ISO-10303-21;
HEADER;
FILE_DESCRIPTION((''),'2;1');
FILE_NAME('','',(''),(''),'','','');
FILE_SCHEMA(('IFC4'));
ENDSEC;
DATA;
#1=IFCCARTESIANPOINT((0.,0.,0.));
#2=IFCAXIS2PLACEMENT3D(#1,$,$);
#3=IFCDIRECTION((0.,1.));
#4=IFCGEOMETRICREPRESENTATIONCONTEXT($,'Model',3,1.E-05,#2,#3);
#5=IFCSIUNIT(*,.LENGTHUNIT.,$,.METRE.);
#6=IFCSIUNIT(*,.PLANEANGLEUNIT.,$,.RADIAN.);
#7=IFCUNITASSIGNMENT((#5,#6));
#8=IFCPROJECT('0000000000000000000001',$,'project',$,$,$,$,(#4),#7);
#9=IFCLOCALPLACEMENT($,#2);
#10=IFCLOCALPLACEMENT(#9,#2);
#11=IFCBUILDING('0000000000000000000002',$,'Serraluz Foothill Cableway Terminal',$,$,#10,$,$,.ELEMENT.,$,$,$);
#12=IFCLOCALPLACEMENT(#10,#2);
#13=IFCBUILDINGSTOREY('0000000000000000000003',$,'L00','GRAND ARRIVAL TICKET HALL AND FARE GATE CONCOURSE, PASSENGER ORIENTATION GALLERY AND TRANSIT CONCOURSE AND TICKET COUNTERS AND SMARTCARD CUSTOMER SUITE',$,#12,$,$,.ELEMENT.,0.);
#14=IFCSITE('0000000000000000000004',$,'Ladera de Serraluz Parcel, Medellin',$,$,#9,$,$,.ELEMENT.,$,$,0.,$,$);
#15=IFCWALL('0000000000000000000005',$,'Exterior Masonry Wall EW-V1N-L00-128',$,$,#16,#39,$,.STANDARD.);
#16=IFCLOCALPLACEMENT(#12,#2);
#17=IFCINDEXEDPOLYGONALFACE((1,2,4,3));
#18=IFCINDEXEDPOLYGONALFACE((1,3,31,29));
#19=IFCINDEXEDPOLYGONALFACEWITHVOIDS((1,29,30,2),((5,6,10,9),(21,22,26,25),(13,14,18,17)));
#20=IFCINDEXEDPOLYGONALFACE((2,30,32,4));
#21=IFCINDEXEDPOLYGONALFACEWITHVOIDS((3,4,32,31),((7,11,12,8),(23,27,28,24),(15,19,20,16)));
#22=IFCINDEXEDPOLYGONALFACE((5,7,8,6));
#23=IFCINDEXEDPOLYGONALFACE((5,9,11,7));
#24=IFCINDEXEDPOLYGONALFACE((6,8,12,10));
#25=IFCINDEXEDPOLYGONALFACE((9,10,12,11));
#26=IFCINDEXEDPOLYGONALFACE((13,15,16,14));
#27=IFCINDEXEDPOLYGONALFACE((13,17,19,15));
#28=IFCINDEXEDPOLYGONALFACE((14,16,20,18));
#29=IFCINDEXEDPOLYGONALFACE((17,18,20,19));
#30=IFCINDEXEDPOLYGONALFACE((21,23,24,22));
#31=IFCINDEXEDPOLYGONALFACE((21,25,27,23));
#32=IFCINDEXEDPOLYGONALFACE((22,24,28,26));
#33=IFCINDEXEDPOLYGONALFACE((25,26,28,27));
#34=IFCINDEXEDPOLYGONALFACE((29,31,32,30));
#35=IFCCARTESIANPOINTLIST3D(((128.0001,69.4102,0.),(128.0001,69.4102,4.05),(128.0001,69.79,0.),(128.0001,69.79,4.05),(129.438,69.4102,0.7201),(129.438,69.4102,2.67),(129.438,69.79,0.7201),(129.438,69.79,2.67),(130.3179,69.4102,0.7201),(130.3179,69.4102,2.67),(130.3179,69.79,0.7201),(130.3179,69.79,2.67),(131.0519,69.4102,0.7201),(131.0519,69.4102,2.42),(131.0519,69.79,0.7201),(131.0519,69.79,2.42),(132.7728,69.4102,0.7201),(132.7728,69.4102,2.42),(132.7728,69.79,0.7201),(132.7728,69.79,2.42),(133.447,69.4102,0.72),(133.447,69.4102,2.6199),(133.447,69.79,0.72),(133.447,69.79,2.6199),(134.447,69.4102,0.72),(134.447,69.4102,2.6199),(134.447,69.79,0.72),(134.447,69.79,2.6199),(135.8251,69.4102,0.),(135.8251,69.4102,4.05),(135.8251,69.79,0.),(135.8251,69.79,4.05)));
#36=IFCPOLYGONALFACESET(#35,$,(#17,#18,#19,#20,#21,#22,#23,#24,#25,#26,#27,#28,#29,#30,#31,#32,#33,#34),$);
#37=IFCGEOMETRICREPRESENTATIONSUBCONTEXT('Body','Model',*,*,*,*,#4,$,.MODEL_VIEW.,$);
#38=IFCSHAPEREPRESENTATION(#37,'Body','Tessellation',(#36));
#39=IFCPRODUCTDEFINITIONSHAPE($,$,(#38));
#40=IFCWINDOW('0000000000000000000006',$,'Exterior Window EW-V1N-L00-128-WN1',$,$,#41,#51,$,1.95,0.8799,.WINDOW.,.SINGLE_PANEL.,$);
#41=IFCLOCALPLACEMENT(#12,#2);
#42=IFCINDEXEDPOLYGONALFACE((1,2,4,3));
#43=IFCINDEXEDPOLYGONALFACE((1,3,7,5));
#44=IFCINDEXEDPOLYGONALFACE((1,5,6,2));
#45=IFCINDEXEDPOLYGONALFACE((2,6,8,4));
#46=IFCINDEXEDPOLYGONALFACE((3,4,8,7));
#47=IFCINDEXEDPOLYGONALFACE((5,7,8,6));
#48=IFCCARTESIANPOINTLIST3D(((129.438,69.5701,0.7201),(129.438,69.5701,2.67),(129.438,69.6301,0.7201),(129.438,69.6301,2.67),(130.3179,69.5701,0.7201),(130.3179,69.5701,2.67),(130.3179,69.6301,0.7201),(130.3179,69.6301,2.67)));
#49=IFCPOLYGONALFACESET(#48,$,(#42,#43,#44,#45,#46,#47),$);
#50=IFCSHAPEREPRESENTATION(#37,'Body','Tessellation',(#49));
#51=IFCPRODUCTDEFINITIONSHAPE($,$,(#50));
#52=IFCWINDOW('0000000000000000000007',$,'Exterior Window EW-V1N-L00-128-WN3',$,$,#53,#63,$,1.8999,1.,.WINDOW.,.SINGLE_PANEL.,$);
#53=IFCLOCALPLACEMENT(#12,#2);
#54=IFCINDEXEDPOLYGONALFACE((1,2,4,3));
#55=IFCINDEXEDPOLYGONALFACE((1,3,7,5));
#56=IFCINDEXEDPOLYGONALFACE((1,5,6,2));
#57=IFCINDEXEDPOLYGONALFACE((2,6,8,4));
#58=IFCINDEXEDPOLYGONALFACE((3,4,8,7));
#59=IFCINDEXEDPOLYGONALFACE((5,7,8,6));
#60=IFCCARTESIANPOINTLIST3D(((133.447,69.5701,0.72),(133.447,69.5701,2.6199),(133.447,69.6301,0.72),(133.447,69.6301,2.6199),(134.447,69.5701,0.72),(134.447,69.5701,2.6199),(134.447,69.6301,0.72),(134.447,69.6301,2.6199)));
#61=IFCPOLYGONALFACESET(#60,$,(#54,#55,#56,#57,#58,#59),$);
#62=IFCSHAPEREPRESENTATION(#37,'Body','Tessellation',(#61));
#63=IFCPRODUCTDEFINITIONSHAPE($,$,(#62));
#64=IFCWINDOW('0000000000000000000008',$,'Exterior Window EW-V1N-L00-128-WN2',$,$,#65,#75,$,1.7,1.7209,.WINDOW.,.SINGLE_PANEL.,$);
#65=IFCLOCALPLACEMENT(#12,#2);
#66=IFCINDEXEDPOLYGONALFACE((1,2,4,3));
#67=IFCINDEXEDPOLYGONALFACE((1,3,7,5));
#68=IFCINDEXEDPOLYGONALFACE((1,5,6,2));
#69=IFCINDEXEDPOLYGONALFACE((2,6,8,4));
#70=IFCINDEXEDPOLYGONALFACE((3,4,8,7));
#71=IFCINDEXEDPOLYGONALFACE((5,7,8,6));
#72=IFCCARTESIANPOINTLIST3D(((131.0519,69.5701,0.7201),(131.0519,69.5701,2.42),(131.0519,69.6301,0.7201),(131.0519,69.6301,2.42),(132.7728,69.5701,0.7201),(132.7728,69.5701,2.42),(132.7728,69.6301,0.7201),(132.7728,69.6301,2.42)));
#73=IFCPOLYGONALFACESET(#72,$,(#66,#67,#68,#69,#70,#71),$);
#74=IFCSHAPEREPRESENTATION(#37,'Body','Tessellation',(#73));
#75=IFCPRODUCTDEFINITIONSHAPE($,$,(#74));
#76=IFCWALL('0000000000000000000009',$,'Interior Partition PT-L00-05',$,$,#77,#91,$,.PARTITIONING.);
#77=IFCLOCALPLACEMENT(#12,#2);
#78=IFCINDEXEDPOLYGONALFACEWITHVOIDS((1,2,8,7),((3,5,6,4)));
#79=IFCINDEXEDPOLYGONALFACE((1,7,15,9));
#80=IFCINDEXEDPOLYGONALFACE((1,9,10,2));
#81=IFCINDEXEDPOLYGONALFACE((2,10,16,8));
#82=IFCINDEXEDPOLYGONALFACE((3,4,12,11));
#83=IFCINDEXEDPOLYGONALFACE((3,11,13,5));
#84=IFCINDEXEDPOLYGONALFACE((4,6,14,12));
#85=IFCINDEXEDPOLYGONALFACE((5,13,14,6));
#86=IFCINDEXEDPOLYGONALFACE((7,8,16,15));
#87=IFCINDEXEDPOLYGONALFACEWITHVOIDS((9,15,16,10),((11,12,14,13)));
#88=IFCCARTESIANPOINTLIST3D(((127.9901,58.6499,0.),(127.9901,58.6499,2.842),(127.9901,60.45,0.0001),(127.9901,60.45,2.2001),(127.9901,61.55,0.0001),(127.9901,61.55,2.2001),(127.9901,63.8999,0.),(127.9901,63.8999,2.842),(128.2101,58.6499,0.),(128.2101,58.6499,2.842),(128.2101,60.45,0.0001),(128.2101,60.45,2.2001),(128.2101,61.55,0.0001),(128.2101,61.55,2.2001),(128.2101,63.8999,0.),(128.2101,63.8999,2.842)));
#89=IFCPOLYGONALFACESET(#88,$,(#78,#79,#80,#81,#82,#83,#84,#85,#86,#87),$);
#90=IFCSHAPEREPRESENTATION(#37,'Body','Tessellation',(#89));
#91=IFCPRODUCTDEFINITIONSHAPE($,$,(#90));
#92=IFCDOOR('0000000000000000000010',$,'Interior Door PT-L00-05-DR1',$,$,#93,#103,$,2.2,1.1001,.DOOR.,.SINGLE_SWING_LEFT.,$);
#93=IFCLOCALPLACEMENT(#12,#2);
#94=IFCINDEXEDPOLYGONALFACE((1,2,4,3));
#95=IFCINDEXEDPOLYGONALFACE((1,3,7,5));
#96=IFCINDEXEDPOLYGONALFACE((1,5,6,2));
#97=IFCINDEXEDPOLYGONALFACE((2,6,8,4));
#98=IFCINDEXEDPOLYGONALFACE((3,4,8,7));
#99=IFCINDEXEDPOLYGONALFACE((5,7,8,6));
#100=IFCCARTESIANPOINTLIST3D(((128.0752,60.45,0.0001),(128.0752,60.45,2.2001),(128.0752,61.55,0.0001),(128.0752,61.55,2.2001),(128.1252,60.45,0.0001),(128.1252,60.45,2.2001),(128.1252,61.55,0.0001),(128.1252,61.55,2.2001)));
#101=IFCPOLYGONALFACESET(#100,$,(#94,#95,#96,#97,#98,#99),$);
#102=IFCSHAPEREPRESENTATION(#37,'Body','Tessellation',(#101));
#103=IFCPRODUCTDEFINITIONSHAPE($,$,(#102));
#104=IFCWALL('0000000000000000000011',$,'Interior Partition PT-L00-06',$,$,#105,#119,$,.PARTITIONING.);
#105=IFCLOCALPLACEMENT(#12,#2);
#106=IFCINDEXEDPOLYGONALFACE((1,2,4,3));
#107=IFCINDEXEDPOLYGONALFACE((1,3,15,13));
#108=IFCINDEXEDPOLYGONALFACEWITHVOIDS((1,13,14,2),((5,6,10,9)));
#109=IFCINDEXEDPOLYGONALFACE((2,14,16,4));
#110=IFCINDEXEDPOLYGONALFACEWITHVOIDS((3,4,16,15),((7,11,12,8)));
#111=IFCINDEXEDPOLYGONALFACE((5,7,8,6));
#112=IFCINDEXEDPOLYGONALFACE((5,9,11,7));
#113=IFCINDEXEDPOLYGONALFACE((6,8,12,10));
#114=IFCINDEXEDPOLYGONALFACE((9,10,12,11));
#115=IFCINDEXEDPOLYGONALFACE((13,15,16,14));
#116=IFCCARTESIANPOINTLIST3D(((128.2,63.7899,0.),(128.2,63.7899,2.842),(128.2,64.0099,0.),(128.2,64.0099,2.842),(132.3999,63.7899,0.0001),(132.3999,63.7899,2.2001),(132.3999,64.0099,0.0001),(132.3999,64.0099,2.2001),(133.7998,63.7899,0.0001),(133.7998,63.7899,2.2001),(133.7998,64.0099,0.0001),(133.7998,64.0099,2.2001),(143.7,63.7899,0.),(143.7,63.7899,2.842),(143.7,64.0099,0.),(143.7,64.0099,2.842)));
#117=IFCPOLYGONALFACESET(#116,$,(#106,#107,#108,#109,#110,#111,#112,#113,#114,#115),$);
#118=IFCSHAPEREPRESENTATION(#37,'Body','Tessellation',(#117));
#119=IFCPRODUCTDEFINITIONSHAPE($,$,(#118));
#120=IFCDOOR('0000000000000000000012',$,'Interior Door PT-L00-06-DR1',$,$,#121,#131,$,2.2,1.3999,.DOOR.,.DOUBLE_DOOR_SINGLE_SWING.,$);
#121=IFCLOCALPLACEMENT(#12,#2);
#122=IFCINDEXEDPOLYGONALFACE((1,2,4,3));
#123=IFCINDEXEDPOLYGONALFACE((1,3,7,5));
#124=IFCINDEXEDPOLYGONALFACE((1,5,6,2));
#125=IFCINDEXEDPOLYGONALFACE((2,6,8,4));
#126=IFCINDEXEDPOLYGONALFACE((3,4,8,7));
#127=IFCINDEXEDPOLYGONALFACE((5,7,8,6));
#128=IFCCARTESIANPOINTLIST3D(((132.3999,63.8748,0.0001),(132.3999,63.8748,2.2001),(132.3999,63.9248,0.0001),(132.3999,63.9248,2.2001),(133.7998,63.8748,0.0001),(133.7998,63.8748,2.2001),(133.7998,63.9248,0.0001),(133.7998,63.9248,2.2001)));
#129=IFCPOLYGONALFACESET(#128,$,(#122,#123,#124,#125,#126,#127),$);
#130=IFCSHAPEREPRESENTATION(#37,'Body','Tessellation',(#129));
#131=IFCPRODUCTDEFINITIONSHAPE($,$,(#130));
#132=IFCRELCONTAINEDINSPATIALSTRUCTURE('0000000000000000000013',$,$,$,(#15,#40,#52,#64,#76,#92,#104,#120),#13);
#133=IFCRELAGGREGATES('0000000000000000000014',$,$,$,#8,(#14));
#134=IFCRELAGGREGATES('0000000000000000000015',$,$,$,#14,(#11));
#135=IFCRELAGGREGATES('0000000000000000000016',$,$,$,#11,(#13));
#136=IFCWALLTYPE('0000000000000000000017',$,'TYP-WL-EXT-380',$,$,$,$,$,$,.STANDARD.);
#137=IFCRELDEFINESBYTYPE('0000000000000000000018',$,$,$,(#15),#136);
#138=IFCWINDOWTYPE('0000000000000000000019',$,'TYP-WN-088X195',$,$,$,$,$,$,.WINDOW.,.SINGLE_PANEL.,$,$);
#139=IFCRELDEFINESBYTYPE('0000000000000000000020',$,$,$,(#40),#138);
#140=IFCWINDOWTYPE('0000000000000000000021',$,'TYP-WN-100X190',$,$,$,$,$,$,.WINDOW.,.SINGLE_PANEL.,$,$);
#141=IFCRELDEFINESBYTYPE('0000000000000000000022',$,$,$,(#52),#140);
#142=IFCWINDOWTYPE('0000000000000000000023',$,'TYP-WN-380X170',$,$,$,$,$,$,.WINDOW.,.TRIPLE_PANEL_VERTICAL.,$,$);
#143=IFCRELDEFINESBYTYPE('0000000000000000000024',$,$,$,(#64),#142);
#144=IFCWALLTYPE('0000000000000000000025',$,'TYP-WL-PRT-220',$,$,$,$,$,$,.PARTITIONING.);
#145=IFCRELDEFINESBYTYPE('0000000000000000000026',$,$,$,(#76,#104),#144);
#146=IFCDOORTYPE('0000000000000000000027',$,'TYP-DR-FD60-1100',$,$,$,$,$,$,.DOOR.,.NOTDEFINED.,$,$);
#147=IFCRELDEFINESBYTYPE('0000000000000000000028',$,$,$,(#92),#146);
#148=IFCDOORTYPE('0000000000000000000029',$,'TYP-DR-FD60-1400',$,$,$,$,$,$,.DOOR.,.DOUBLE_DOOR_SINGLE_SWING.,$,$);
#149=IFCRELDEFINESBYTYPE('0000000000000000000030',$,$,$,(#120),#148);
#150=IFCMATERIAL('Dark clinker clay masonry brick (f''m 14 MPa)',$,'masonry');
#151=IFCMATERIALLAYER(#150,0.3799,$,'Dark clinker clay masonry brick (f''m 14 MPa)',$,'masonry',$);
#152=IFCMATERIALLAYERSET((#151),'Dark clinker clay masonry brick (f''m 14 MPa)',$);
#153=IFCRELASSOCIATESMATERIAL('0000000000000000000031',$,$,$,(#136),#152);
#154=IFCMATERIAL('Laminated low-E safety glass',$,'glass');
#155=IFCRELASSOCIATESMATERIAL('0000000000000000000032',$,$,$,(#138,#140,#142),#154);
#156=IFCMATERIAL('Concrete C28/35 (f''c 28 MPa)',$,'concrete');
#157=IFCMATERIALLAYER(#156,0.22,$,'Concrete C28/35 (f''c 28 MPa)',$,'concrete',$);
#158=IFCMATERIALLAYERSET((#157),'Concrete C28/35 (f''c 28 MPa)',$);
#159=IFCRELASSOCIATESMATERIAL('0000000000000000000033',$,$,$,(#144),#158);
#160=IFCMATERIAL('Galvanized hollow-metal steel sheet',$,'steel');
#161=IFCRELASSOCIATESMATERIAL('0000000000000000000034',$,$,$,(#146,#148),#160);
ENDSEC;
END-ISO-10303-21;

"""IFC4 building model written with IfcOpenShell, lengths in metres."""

from ifc_helpers import new_model, si_unit, direction, frame, frame_2d, origin, place, context, subcontext, project, spatial, rectangle, extrude, material, layer, layer_set, type_object, element, fill, save


model = new_model("IFC4")

# Units and contexts
model_context = context("Model", 3, precision=1e-05, world=origin(), true_north=direction((0.0, 1.0)))
body_context = subcontext(model_context, "Body", "Model", "MODEL_VIEW")
ifc_project = project(units=[si_unit("LENGTHUNIT", "METRE"), si_unit("PLANEANGLEUNIT", "RADIAN")], contexts=[model_context])

# Site, building, storey
site_placement = place(None, origin())
site = spatial("IfcSite", under=ifc_project, at=site_placement, Name="Ladera de Serraluz Parcel, Medellin", CompositionType="ELEMENT", RefElevation=0.0)
building_placement = place(site_placement, origin())
building = spatial("IfcBuilding", under=site, at=building_placement, Name="Serraluz Foothill Cableway Terminal", CompositionType="ELEMENT")
storey_placement = place(building_placement, origin())
storey = spatial("IfcBuildingStorey", under=building, at=storey_placement, Name="L00", Description="GRAND ARRIVAL TICKET HALL AND FARE GATE CONCOURSE, PASSENGER ORIENTATION GALLERY AND TRANSIT CONCOURSE AND TICKET COUNTERS AND SMARTCARD CUSTOMER SUITE", CompositionType="ELEMENT", Elevation=0.0)

# Shared definitions
ifc_material_1 = material(Name="Concrete C28/35 (f'c 28 MPa)", Category="concrete")

# Shared definitions
ifc_material_2 = material(Name="Dark clinker clay masonry brick (f'm 14 MPa)", Category="masonry")
ifc_layer_1 = layer(ifc_material_2, 0.3799, Name="Dark clinker clay masonry brick (f'm 14 MPa)", Category="masonry")
ifc_layer_set_1 = layer_set([ifc_layer_1], Name="Dark clinker clay masonry brick (f'm 14 MPa)")
wall_type_1 = type_object("IfcWallType", Name="TYP-WL-EXT-380", PredefinedType="STANDARD", material=ifc_layer_set_1)

# Wall, openings, windows
wall_1_placement = place(storey_placement, frame((128.0, 69.6001, 0.0), z_axis=(0.0, 0.0, 1.0), x_axis=(1.0, 0.0, 0.0)))
wall_1 = element("IfcWall", 1, at=wall_1_placement, inside=storey, type_object=wall_type_1, Name="Exterior Masonry Wall EW-V1N-L00-128", PredefinedType="STANDARD", context=body_context, shape_type="SweptSolid", body=[
    extrude(rectangle(XDim=7.825, YDim=0.3799, at=frame_2d((3.9126, 0.0))), origin(), (0.0, 0.0, 1.0), 4.05),
])
opening_1_placement = place(wall_1_placement, frame((1.438, 0.0, 0.72)))
opening_1 = element("IfcOpeningElement", 2, at=opening_1_placement, cuts=wall_1, PredefinedType="OPENING", context=body_context, shape_type="SweptSolid", body=[
    extrude(rectangle(XDim=0.8799, YDim=1.95, at=frame_2d((0.4399, 0.9751))), frame((0.0, 0.2, 0.0), z_axis=(0.0, -1.0, 0.0), x_axis=(1.0, 0.0, 0.0)), (0.0, 0.0, 1.0), 0.3999),
])
opening_2_placement = place(wall_1_placement, frame((3.052, 0.0, 0.72)))
opening_2 = element("IfcOpeningElement", 3, at=opening_2_placement, cuts=wall_1, PredefinedType="OPENING", context=body_context, shape_type="SweptSolid", body=[
    extrude(rectangle(XDim=1.7209, YDim=1.7, at=frame_2d((0.8604, 0.8501))), frame((0.0, 0.2, 0.0), z_axis=(0.0, -1.0, 0.0), x_axis=(1.0, 0.0, 0.0)), (0.0, 0.0, 1.0), 0.3999),
])
opening_3_placement = place(wall_1_placement, frame((5.447, 0.0, 0.72)))
opening_3 = element("IfcOpeningElement", 4, at=opening_3_placement, cuts=wall_1, PredefinedType="OPENING", context=body_context, shape_type="SweptSolid", body=[
    extrude(rectangle(XDim=1.0, YDim=1.8999, at=frame_2d((0.5, 0.95))), frame((0.0, 0.2, 0.0), z_axis=(0.0, -1.0, 0.0), x_axis=(1.0, 0.0, 0.0)), (0.0, 0.0, 1.0), 0.3999),
])
ifc_material_3 = material(Name="Laminated low-E safety glass", Category="glass")
window_type_1 = type_object("IfcWindowType", Name="TYP-WN-088X195", PartitioningType="SINGLE_PANEL", PredefinedType="WINDOW", material=ifc_material_3)
window_1_placement = place(opening_1_placement, origin())
window_1 = element("IfcWindow", 5, at=window_1_placement, inside=storey, type_object=window_type_1, Name="Exterior Window EW-V1N-L00-128-WN1", OverallHeight=1.95, OverallWidth=0.8799, PartitioningType="SINGLE_PANEL", PredefinedType="WINDOW", context=body_context, shape_type="SweptSolid", body=[
    extrude(rectangle(XDim=0.8799, YDim=1.95, at=frame_2d((0.4399, 0.9751))), frame((0.0, 0.03, 0.0), z_axis=(0.0, -1.0, 0.0), x_axis=(1.0, 0.0, 0.0)), (0.0, 0.0, 1.0), 0.0601),
])
fill(opening_1, window_1)
window_type_2 = type_object("IfcWindowType", Name="TYP-WN-100X190", PartitioningType="SINGLE_PANEL", PredefinedType="WINDOW", material=ifc_material_3)
window_2_placement = place(opening_3_placement, origin())
window_2 = element("IfcWindow", 6, at=window_2_placement, inside=storey, type_object=window_type_2, Name="Exterior Window EW-V1N-L00-128-WN3", OverallHeight=1.8999, OverallWidth=1.0, PartitioningType="SINGLE_PANEL", PredefinedType="WINDOW", context=body_context, shape_type="SweptSolid", body=[
    extrude(rectangle(XDim=1.0, YDim=1.8999, at=frame_2d((0.5, 0.95))), frame((0.0, 0.03, 0.0), z_axis=(0.0, -1.0, 0.0), x_axis=(1.0, 0.0, 0.0)), (0.0, 0.0, 1.0), 0.0601),
])
fill(opening_3, window_2)
window_type_3 = type_object("IfcWindowType", Name="TYP-WN-380X170", PartitioningType="TRIPLE_PANEL_VERTICAL", PredefinedType="WINDOW", material=ifc_material_3)
window_3_placement = place(opening_2_placement, origin())
window_3 = element("IfcWindow", 7, at=window_3_placement, inside=storey, type_object=window_type_3, Name="Exterior Window EW-V1N-L00-128-WN2", OverallHeight=1.7, OverallWidth=1.7209, PartitioningType="SINGLE_PANEL", PredefinedType="WINDOW", context=body_context, shape_type="SweptSolid", body=[
    extrude(rectangle(XDim=1.7209, YDim=1.7, at=frame_2d((0.8604, 0.8501))), frame((0.0, 0.03, 0.0), z_axis=(0.0, -1.0, 0.0), x_axis=(1.0, 0.0, 0.0)), (0.0, 0.0, 1.0), 0.0601),
])
fill(opening_2, window_3)

# Walls, openings, doors
ifc_layer_2 = layer(ifc_material_1, 0.22, Name="Concrete C28/35 (f'c 28 MPa)", Category="concrete")
ifc_layer_set_2 = layer_set([ifc_layer_2], Name="Concrete C28/35 (f'c 28 MPa)")
wall_type_2 = type_object("IfcWallType", Name="TYP-WL-PRT-220", PredefinedType="PARTITIONING", material=ifc_layer_set_2)
wall_2_placement = place(storey_placement, frame((128.1001, 58.6499, 0.0), z_axis=(0.0, 0.0, 1.0), x_axis=(0.0, 1.0, 0.0)))
wall_2 = element("IfcWall", 8, at=wall_2_placement, inside=storey, type_object=wall_type_2, Name="Interior Partition PT-L00-05", PredefinedType="PARTITIONING", context=body_context, shape_type="SweptSolid", body=[
    extrude(rectangle(XDim=5.25, YDim=0.22, at=frame_2d((2.625, 0.0))), origin(), (0.0, 0.0, 1.0), 2.842),
])
opening_4_placement = place(wall_2_placement, frame((1.8, 0.0, 0.0)))
opening_4 = element("IfcOpeningElement", 9, at=opening_4_placement, cuts=wall_2, PredefinedType="OPENING", context=body_context, shape_type="SweptSolid", body=[
    extrude(rectangle(XDim=1.1001, YDim=2.2, at=frame_2d((0.55, 1.1001))), frame((0.0, 0.1201, 0.0), z_axis=(0.0, -1.0, 0.0), x_axis=(1.0, 0.0, 0.0)), (0.0, 0.0, 1.0), 0.24),
])
ifc_material_4 = material(Name="Galvanized hollow-metal steel sheet", Category="steel")
door_type_1 = type_object("IfcDoorType", Name="TYP-DR-FD60-1100", OperationType="NOTDEFINED", PredefinedType="DOOR", material=ifc_material_4)
door_1_placement = place(opening_4_placement, origin())
door_1 = element("IfcDoor", 10, at=door_1_placement, inside=storey, type_object=door_type_1, Name="Interior Door PT-L00-05-DR1", OperationType="SINGLE_SWING_LEFT", OverallHeight=2.2, OverallWidth=1.1001, PredefinedType="DOOR", context=body_context, shape_type="SweptSolid", body=[
    extrude(rectangle(XDim=1.1001, YDim=2.2, at=frame_2d((0.55, 1.1001))), frame((0.0, 0.0249, 0.0), z_axis=(0.0, -1.0, 0.0), x_axis=(1.0, 0.0, 0.0)), (0.0, 0.0, 1.0), 0.05),
])
fill(opening_4, door_1)
wall_3_placement = place(storey_placement, frame((128.2, 63.8999, 0.0), z_axis=(0.0, 0.0, 1.0), x_axis=(1.0, 0.0, 0.0)))
wall_3 = element("IfcWall", 11, at=wall_3_placement, inside=storey, type_object=wall_type_2, Name="Interior Partition PT-L00-06", PredefinedType="PARTITIONING", context=body_context, shape_type="SweptSolid", body=[
    extrude(rectangle(XDim=15.5, YDim=0.22, at=frame_2d((7.75, 0.0))), origin(), (0.0, 0.0, 1.0), 2.842),
])
opening_5_placement = place(wall_3_placement, frame((4.2, 0.0, 0.0)))
opening_5 = element("IfcOpeningElement", 12, at=opening_5_placement, cuts=wall_3, PredefinedType="OPENING", context=body_context, shape_type="SweptSolid", body=[
    extrude(rectangle(XDim=1.3999, YDim=2.2, at=frame_2d((0.7, 1.1001))), frame((0.0, 0.1201, 0.0), z_axis=(0.0, -1.0, 0.0), x_axis=(1.0, 0.0, 0.0)), (0.0, 0.0, 1.0), 0.24),
])
door_type_2 = type_object("IfcDoorType", Name="TYP-DR-FD60-1400", OperationType="DOUBLE_DOOR_SINGLE_SWING", PredefinedType="DOOR", material=ifc_material_4)
door_2_placement = place(opening_5_placement, origin())
door_2 = element("IfcDoor", 13, at=door_2_placement, inside=storey, type_object=door_type_2, Name="Interior Door PT-L00-06-DR1", OperationType="DOUBLE_DOOR_SINGLE_SWING", OverallHeight=2.2, OverallWidth=1.3999, PredefinedType="DOOR", context=body_context, shape_type="SweptSolid", body=[
    extrude(rectangle(XDim=1.3999, YDim=2.2, at=frame_2d((0.7, 1.1001))), frame((0.0, 0.0249, 0.0), z_axis=(0.0, -1.0, 0.0), x_axis=(1.0, 0.0, 0.0)), (0.0, 0.0, 1.0), 0.05),
])
fill(opening_5, door_2)

save(model, "model.ifc")
